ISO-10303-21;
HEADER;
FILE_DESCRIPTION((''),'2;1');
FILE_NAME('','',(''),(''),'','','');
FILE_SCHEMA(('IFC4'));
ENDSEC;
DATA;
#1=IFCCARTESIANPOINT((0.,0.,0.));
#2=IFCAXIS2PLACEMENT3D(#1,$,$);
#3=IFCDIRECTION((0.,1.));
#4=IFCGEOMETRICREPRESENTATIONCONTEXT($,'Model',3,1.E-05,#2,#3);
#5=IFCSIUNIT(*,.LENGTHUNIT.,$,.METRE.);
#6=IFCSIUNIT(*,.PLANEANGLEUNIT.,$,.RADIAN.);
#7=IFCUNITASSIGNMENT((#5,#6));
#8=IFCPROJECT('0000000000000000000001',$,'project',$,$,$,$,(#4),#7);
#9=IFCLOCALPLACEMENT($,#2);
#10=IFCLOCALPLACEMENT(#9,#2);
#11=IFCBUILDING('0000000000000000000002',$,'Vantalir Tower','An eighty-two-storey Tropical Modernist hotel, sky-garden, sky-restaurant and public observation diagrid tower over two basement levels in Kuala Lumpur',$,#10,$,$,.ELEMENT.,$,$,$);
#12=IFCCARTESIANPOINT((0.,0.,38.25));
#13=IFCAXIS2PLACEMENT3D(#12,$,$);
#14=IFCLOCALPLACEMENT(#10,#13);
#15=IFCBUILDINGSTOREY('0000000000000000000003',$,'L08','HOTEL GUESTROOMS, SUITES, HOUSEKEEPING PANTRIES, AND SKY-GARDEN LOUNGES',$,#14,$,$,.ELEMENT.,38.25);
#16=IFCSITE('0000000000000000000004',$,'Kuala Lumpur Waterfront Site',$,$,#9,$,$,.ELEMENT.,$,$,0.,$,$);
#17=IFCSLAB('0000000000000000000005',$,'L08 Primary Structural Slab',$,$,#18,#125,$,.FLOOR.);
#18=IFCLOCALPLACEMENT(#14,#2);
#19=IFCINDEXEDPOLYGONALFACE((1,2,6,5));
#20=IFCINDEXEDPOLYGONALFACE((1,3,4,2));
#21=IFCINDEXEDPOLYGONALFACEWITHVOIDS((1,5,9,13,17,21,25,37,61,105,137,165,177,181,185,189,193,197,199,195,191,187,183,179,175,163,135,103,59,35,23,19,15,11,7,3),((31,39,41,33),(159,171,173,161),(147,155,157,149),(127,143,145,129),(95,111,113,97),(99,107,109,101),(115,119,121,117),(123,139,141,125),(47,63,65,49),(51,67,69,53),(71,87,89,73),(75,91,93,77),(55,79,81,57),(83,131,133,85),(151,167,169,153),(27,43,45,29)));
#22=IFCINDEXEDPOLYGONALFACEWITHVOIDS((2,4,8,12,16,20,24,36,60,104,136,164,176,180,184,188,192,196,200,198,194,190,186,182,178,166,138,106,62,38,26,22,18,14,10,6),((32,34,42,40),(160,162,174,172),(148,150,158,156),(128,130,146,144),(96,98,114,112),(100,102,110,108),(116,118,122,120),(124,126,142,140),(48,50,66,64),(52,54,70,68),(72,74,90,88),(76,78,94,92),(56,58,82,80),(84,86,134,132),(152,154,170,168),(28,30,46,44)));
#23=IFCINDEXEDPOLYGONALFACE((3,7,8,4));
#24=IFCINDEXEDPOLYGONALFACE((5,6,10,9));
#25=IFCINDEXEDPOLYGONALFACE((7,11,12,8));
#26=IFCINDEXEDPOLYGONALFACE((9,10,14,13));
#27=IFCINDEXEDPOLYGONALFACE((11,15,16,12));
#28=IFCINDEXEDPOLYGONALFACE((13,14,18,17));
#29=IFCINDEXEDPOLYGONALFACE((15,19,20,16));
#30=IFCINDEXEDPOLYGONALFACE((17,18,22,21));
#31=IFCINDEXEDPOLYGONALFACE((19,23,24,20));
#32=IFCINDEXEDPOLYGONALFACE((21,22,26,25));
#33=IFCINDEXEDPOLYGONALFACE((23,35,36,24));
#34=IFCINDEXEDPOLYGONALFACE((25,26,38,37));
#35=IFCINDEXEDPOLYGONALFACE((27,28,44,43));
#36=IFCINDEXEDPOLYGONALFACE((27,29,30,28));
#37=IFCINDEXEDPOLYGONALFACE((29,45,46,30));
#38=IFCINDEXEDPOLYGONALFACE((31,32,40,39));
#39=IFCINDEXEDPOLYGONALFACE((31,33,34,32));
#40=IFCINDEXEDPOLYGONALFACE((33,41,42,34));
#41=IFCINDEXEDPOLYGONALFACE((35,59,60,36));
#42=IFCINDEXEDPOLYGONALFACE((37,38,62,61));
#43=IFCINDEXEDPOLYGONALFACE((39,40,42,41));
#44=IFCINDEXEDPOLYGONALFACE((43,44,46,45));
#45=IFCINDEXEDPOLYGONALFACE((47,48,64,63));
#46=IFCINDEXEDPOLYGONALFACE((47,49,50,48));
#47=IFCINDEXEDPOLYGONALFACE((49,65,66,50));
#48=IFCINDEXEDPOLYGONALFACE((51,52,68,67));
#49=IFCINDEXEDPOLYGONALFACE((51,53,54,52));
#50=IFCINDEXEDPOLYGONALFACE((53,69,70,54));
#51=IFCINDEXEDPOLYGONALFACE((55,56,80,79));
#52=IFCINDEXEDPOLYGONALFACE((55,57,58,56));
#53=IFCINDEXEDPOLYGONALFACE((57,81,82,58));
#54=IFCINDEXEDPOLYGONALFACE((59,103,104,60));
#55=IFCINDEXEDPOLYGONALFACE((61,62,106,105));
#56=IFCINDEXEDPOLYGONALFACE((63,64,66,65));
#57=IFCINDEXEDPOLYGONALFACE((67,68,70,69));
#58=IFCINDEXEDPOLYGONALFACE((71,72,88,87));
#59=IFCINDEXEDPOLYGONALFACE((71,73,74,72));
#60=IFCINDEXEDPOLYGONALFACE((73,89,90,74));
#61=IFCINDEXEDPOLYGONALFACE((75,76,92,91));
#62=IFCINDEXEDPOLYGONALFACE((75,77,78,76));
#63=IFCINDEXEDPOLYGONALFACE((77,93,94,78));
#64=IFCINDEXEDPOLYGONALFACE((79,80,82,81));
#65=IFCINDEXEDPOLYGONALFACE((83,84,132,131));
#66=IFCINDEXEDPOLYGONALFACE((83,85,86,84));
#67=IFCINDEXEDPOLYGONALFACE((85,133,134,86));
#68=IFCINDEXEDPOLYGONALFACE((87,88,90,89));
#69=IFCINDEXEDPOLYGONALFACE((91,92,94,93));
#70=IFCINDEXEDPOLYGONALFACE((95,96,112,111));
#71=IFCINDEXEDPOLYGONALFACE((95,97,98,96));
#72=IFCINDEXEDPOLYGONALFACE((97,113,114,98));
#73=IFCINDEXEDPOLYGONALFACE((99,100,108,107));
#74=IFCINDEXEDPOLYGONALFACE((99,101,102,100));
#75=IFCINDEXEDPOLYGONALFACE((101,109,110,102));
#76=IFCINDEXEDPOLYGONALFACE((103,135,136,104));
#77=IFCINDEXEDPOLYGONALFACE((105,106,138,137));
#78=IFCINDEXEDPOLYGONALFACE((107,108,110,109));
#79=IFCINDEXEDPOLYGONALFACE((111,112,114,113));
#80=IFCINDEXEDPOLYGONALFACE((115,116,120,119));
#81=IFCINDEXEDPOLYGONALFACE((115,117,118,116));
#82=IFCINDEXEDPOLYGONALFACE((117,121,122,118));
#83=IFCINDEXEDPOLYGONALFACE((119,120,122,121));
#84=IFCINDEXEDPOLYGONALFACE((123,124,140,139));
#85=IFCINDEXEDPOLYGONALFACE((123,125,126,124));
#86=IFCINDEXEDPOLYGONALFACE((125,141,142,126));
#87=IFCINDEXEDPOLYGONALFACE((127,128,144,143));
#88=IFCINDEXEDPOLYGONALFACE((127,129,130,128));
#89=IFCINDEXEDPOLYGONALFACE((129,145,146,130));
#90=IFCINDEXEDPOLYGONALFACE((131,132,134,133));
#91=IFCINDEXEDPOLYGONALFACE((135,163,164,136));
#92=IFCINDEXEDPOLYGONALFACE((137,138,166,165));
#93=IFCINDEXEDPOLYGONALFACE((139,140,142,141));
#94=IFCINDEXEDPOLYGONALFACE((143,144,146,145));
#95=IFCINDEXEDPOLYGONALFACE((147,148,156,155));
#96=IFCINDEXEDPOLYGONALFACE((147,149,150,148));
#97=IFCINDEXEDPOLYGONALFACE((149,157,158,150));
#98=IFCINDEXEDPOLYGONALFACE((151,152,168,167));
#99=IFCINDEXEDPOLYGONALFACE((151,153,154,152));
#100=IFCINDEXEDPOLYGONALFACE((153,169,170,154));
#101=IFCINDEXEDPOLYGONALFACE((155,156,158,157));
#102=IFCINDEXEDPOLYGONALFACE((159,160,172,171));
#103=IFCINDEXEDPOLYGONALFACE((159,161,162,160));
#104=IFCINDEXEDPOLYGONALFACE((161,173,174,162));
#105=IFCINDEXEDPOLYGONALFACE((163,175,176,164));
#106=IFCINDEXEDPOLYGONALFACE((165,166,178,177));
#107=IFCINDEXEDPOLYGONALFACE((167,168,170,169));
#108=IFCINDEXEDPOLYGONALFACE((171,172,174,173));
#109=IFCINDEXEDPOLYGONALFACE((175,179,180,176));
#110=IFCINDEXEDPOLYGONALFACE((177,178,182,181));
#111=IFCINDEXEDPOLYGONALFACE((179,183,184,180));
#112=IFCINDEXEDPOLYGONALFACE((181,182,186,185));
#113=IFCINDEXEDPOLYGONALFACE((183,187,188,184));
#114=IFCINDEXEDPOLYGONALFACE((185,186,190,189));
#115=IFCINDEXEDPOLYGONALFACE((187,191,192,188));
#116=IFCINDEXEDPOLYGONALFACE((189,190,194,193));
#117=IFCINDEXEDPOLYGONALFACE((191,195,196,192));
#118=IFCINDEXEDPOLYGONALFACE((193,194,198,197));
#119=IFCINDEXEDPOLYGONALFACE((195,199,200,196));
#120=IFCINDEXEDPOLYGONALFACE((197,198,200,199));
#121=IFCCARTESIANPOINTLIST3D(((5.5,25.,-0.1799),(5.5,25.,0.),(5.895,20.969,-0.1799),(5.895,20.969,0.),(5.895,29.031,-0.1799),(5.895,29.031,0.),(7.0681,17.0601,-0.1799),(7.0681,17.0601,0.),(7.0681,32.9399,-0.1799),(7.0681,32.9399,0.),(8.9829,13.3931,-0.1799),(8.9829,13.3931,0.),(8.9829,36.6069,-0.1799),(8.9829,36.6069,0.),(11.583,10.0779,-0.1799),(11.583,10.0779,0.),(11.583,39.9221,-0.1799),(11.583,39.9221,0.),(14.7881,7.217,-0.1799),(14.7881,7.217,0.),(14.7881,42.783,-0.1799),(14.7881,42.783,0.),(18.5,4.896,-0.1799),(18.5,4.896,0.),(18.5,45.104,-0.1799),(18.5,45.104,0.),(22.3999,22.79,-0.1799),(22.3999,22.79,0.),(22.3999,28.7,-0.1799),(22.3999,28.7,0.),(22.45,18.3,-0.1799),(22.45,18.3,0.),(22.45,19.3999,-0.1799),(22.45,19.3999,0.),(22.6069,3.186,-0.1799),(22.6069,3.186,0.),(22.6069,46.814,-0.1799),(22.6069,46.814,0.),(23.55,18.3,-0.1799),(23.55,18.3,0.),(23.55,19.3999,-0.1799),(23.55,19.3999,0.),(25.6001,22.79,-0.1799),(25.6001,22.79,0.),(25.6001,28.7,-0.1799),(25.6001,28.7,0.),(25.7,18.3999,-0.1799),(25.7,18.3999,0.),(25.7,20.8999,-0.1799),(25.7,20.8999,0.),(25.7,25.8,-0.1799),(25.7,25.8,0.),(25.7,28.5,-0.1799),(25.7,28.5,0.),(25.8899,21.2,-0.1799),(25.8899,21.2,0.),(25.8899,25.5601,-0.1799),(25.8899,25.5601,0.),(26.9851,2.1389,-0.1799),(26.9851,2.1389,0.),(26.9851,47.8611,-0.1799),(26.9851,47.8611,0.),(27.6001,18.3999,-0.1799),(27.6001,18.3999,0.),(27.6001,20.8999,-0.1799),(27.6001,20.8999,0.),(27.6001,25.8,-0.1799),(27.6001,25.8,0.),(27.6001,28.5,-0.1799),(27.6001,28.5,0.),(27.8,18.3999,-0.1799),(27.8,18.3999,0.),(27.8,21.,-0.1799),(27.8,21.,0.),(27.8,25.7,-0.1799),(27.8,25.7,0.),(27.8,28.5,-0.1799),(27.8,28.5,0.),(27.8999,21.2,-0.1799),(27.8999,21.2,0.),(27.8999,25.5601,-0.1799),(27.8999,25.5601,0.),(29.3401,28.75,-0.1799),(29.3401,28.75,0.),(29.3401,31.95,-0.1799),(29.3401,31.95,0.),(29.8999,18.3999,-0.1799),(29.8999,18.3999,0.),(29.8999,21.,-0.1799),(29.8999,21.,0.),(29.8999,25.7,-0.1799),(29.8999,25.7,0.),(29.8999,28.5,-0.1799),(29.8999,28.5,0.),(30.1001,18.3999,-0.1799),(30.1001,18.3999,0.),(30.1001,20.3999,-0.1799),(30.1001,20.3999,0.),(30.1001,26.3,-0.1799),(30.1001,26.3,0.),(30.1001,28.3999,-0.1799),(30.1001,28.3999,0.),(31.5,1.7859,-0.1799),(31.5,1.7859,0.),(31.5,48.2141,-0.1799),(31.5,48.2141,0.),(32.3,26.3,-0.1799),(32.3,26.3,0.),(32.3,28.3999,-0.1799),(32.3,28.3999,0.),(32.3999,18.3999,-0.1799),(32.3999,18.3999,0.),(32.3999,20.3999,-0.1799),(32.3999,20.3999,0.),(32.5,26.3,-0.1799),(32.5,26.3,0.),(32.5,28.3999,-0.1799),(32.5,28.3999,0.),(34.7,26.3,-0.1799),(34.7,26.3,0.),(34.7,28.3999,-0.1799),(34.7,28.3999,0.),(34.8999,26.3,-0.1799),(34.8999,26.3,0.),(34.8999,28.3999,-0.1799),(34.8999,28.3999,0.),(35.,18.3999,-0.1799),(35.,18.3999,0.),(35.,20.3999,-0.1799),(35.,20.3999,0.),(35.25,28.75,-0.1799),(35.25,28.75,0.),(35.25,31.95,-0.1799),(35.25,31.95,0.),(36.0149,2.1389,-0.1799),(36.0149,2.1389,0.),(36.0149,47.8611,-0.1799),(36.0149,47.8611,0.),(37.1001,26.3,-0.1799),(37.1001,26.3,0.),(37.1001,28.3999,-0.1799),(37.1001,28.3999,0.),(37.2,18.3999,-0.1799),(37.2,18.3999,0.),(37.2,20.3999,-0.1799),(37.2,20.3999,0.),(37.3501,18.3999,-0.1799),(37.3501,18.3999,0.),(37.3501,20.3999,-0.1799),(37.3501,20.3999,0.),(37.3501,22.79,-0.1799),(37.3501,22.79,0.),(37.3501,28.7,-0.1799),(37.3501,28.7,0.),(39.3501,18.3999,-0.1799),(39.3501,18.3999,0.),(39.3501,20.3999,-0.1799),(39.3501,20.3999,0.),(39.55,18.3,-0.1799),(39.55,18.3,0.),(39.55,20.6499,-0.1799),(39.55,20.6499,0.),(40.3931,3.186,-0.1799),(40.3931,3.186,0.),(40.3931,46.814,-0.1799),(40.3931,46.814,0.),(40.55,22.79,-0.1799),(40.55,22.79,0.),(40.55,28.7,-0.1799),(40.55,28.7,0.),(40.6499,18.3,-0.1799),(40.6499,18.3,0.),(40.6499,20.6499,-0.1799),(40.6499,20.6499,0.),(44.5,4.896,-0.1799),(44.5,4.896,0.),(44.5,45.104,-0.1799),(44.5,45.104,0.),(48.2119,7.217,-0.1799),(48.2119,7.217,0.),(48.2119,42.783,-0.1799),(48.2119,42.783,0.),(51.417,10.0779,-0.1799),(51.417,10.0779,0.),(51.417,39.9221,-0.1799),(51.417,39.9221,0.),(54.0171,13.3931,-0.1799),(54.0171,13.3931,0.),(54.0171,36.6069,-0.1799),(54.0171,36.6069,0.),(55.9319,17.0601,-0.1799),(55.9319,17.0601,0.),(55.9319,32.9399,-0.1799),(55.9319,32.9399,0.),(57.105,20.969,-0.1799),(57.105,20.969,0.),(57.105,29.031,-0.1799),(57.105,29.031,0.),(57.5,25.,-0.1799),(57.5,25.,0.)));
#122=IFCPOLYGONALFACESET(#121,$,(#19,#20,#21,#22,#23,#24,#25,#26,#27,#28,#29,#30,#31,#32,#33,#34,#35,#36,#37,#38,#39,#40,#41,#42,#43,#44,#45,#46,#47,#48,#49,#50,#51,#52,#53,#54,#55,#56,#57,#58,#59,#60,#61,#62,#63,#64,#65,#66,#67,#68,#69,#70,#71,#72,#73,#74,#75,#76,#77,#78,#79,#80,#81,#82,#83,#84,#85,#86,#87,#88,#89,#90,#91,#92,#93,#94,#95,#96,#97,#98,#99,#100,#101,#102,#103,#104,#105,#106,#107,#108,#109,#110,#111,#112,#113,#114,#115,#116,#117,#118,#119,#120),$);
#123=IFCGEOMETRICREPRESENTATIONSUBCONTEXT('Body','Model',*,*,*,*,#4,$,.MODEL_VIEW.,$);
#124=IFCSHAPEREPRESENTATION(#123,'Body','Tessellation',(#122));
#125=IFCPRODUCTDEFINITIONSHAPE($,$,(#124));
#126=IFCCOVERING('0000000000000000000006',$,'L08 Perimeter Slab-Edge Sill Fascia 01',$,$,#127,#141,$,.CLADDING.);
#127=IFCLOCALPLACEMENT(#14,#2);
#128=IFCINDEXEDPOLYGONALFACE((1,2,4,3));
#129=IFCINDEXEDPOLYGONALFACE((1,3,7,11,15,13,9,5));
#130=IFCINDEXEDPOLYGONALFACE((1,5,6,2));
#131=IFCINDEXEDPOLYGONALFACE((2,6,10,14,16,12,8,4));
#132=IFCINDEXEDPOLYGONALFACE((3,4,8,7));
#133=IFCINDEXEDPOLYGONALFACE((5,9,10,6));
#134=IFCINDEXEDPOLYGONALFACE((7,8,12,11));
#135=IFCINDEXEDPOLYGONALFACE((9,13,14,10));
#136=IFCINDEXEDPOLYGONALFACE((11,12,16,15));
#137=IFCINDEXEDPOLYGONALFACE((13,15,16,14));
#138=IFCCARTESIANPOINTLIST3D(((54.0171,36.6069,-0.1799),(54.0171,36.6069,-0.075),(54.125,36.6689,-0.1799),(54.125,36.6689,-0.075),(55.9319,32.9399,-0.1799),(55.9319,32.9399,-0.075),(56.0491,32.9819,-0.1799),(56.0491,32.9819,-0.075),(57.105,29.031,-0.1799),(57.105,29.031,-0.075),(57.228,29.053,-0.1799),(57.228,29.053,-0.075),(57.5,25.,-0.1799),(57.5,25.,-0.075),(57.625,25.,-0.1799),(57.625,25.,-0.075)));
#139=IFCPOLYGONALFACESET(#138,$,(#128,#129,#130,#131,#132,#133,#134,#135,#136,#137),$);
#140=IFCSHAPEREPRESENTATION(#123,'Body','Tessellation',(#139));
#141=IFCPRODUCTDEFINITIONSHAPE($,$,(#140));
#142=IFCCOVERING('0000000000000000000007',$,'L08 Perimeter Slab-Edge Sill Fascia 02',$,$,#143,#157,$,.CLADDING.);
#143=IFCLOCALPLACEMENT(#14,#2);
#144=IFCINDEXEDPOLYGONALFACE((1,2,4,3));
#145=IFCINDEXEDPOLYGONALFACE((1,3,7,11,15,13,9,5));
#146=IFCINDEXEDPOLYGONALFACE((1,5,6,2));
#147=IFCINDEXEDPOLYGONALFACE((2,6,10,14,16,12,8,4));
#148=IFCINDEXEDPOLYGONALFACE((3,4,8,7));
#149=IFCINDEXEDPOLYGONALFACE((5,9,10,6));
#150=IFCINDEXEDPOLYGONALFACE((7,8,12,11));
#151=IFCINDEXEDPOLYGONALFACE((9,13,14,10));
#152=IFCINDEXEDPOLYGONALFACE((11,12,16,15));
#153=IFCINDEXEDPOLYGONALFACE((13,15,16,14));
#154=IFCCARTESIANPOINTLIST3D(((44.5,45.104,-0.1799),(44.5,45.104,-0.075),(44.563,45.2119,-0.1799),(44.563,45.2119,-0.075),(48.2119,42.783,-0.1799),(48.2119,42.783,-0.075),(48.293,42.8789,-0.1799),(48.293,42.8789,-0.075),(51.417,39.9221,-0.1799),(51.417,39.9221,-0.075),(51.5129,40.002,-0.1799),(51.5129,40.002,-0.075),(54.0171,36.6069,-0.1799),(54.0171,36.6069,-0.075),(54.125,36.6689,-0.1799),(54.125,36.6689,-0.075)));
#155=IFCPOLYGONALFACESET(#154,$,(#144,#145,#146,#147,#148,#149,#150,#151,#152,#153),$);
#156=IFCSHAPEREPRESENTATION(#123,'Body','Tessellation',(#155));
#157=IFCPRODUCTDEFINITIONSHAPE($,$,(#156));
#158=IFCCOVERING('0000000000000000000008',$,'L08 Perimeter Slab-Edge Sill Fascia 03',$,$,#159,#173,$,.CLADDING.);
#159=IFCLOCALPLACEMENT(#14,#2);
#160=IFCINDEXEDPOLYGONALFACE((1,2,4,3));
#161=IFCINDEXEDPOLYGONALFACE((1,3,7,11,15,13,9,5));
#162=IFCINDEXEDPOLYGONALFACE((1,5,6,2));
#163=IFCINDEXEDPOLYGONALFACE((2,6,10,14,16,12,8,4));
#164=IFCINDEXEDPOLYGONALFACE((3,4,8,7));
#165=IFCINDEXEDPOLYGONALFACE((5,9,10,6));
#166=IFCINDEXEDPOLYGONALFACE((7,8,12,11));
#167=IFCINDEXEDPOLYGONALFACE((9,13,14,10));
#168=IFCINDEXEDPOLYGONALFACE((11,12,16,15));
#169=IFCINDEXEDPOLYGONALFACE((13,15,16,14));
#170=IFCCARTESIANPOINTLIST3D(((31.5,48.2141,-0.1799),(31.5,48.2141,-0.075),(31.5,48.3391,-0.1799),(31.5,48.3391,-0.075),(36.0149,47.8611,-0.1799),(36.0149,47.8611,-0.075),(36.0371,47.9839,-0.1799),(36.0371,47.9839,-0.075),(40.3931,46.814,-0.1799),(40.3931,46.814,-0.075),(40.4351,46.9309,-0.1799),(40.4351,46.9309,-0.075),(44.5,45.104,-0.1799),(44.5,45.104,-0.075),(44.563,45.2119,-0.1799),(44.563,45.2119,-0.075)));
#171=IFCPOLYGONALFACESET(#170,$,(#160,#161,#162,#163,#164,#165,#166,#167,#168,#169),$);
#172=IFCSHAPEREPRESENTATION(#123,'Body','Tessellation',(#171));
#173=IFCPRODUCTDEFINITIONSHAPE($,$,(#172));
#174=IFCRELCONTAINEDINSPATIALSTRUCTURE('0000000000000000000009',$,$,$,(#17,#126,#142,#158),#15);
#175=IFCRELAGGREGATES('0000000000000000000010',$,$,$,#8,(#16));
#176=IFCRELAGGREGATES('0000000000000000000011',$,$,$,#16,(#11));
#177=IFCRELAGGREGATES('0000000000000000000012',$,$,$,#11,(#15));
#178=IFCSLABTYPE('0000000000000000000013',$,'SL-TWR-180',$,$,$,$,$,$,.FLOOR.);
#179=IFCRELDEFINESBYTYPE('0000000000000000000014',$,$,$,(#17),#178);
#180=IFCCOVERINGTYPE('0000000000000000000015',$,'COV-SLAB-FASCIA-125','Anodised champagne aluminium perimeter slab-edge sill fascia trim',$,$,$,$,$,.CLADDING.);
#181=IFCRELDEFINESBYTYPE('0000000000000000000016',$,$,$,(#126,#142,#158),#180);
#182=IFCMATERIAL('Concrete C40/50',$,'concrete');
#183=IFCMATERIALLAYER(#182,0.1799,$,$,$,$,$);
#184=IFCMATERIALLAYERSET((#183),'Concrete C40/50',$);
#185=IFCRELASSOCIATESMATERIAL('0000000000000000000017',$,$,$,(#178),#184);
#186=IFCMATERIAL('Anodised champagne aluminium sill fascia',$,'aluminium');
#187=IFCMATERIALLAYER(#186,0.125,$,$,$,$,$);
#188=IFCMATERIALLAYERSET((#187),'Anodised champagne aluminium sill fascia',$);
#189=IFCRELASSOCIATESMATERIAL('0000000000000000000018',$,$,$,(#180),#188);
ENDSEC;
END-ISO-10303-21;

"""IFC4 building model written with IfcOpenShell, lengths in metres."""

from ifc_helpers import new_model, si_unit, direction, frame, origin, place, context, subcontext, project, spatial, polyline, outline, extrude, material, layer, layer_set, type_object, element, save


model = new_model("IFC4")

# Units and contexts
model_context = context("Model", 3, precision=1e-05, world=origin(), true_north=direction((0.0, 1.0)))
body_context = subcontext(model_context, "Body", "Model", "MODEL_VIEW")
ifc_project = project(units=[si_unit("LENGTHUNIT", "METRE"), si_unit("PLANEANGLEUNIT", "RADIAN")], contexts=[model_context])

# Site, building, storey
site_placement = place(None, origin())
site = spatial("IfcSite", under=ifc_project, at=site_placement, Name="Kuala Lumpur Waterfront Site", CompositionType="ELEMENT", RefElevation=0.0)
building_placement = place(site_placement, origin())
building = spatial("IfcBuilding", under=site, at=building_placement, Name="Vantalir Tower", Description="An eighty-two-storey Tropical Modernist hotel, sky-garden, sky-restaurant and public observation diagrid tower over two basement levels in Kuala Lumpur", CompositionType="ELEMENT")
storey_placement = place(building_placement, frame((0.0, 0.0, 38.25)))
storey = spatial("IfcBuildingStorey", under=building, at=storey_placement, Name="L08", Description="HOTEL GUESTROOMS, SUITES, HOUSEKEEPING PANTRIES, AND SKY-GARDEN LOUNGES", CompositionType="ELEMENT", Elevation=38.25)

# Shared definitions
ifc_material_1 = material(Name="Concrete C40/50", Category="concrete")

# Slab
ifc_layer_1 = layer(ifc_material_1, 0.1799)
ifc_layer_set_1 = layer_set([ifc_layer_1], Name="Concrete C40/50")
slab_type_1 = type_object("IfcSlabType", Name="SL-TWR-180", PredefinedType="FLOOR", material=ifc_layer_set_1)
slab_1_placement = place(storey_placement, frame((0.0, 0.0, -0.1799)))
element("IfcSlab", 1, at=slab_1_placement, inside=storey, type_object=slab_type_1, Name="L08 Primary Structural Slab", PredefinedType="FLOOR", context=body_context, shape_type="SweptSolid", body=[
    extrude(outline(polyline([(8.9829, 13.3931), (11.583, 10.0779), (14.7881, 7.217), (18.5, 4.896), (22.6069, 3.186), (26.9851, 2.1389), (31.5, 1.7859), (36.0149, 2.1389), (40.3931, 3.186), (44.5, 4.896), (48.2119, 7.217), (51.417, 10.0779), (54.0171, 13.3931), (55.9319, 17.0601), (57.105, 20.969), (57.5, 25.0), (57.105, 29.031), (55.9319, 32.9399), (54.0171, 36.6069), (51.417, 39.9221), (48.2119, 42.783), (44.5, 45.104), (40.3931, 46.814), (36.0149, 47.8611), (31.5, 48.2141), (26.9851, 47.8611), (22.6069, 46.814), (18.5, 45.104), (14.7881, 42.783), (11.583, 39.9221), (8.9829, 36.6069), (7.0681, 32.9399), (5.895, 29.031), (5.5, 25.0), (5.895, 20.969), (7.0681, 17.0601), (8.9829, 13.3931)]), holes=[polyline([(22.3999, 22.79), (22.3999, 28.7), (25.6001, 28.7), (25.6001, 22.79), (22.3999, 22.79)]), polyline([(37.3501, 28.7), (40.55, 28.7), (40.55, 22.79), (37.3501, 22.79), (37.3501, 28.7)]), polyline([(35.25, 28.75), (29.3401, 28.75), (29.3401, 31.95), (35.25, 31.95), (35.25, 28.75)]), polyline([(27.6001, 18.3999), (25.7, 18.3999), (25.7, 20.8999), (27.6001, 20.8999), (27.6001, 18.3999)]), polyline([(25.7, 25.8), (25.7, 28.5), (27.6001, 28.5), (27.6001, 25.8), (25.7, 25.8)]), polyline([(27.8, 21.0), (29.8999, 21.0), (29.8999, 18.3999), (27.8, 18.3999), (27.8, 21.0)]), polyline([(29.8999, 28.5), (29.8999, 25.7), (27.8, 25.7), (27.8, 28.5), (29.8999, 28.5)]), polyline([(32.3999, 18.3999), (30.1001, 18.3999), (30.1001, 20.3999), (32.3999, 20.3999), (32.3999, 18.3999)]), polyline([(37.3501, 18.3999), (37.3501, 20.3999), (39.3501, 20.3999), (39.3501, 18.3999), (37.3501, 18.3999)]), polyline([(35.0, 20.3999), (37.2, 20.3999), (37.2, 18.3999), (35.0, 18.3999), (35.0, 20.3999)]), polyline([(32.3, 28.3999), (32.3, 26.3), (30.1001, 26.3), (30.1001, 28.3999), (32.3, 28.3999)]), polyline([(34.7, 26.3), (32.5, 26.3), (32.5, 28.3999), (34.7, 28.3999), (34.7, 26.3)]), polyline([(34.8999, 26.3), (34.8999, 28.3999), (37.1001, 28.3999), (37.1001, 26.3), (34.8999, 26.3)]), polyline([(25.8899, 25.5601), (27.8999, 25.5601), (27.8999, 21.2), (25.8899, 21.2), (25.8899, 25.5601)]), polyline([(23.55, 19.3999), (23.55, 18.3), (22.45, 18.3), (22.45, 19.3999), (23.55, 19.3999)]), polyline([(40.6499, 18.3), (39.55, 18.3), (39.55, 20.6499), (40.6499, 20.6499), (40.6499, 18.3)])]), origin(), (0.0, 0.0, 1.0), 0.1799),
])

# Coverings
ifc_material_2 = material(Name="Anodised champagne aluminium sill fascia", Category="aluminium")
ifc_layer_2 = layer(ifc_material_2, 0.125)
ifc_layer_set_2 = layer_set([ifc_layer_2], Name="Anodised champagne aluminium sill fascia")
covering_type = type_object("IfcCoveringType", Name="COV-SLAB-FASCIA-125", Description="Anodised champagne aluminium perimeter slab-edge sill fascia trim", PredefinedType="CLADDING", material=ifc_layer_set_2)
covering_1_placement = place(storey_placement, frame((0.0, 0.0, -0.1799)))
element("IfcCovering", 2, at=covering_1_placement, inside=storey, type_object=covering_type, Name="L08 Perimeter Slab-Edge Sill Fascia 01", PredefinedType="CLADDING", context=body_context, shape_type="SweptSolid", body=[
    extrude(outline(polyline([(57.625, 25.0), (57.228, 29.053), (56.0491, 32.9819), (54.125, 36.6689), (54.0171, 36.6069), (55.9319, 32.9399), (57.105, 29.031), (57.5, 25.0), (57.625, 25.0)])), origin(), (0.0, 0.0, 1.0), 0.105),
])
covering_2_placement = place(storey_placement, frame((0.0, 0.0, -0.1799)))
element("IfcCovering", 3, at=covering_2_placement, inside=storey, type_object=covering_type, Name="L08 Perimeter Slab-Edge Sill Fascia 02", PredefinedType="CLADDING", context=body_context, shape_type="SweptSolid", body=[
    extrude(outline(polyline([(54.125, 36.6689), (51.5129, 40.002), (48.293, 42.8789), (44.563, 45.2119), (44.5, 45.104), (48.2119, 42.783), (51.417, 39.9221), (54.0171, 36.6069), (54.125, 36.6689)])), origin(), (0.0, 0.0, 1.0), 0.105),
])
covering_3_placement = place(storey_placement, frame((0.0, 0.0, -0.1799)))
element("IfcCovering", 4, at=covering_3_placement, inside=storey, type_object=covering_type, Name="L08 Perimeter Slab-Edge Sill Fascia 03", PredefinedType="CLADDING", context=body_context, shape_type="SweptSolid", body=[
    extrude(outline(polyline([(44.563, 45.2119), (40.4351, 46.9309), (36.0371, 47.9839), (31.5, 48.3391), (31.5, 48.2141), (36.0149, 47.8611), (40.3931, 46.814), (44.5, 45.104), (44.563, 45.2119)])), origin(), (0.0, 0.0, 1.0), 0.105),
])

save(model, "model.ifc")
